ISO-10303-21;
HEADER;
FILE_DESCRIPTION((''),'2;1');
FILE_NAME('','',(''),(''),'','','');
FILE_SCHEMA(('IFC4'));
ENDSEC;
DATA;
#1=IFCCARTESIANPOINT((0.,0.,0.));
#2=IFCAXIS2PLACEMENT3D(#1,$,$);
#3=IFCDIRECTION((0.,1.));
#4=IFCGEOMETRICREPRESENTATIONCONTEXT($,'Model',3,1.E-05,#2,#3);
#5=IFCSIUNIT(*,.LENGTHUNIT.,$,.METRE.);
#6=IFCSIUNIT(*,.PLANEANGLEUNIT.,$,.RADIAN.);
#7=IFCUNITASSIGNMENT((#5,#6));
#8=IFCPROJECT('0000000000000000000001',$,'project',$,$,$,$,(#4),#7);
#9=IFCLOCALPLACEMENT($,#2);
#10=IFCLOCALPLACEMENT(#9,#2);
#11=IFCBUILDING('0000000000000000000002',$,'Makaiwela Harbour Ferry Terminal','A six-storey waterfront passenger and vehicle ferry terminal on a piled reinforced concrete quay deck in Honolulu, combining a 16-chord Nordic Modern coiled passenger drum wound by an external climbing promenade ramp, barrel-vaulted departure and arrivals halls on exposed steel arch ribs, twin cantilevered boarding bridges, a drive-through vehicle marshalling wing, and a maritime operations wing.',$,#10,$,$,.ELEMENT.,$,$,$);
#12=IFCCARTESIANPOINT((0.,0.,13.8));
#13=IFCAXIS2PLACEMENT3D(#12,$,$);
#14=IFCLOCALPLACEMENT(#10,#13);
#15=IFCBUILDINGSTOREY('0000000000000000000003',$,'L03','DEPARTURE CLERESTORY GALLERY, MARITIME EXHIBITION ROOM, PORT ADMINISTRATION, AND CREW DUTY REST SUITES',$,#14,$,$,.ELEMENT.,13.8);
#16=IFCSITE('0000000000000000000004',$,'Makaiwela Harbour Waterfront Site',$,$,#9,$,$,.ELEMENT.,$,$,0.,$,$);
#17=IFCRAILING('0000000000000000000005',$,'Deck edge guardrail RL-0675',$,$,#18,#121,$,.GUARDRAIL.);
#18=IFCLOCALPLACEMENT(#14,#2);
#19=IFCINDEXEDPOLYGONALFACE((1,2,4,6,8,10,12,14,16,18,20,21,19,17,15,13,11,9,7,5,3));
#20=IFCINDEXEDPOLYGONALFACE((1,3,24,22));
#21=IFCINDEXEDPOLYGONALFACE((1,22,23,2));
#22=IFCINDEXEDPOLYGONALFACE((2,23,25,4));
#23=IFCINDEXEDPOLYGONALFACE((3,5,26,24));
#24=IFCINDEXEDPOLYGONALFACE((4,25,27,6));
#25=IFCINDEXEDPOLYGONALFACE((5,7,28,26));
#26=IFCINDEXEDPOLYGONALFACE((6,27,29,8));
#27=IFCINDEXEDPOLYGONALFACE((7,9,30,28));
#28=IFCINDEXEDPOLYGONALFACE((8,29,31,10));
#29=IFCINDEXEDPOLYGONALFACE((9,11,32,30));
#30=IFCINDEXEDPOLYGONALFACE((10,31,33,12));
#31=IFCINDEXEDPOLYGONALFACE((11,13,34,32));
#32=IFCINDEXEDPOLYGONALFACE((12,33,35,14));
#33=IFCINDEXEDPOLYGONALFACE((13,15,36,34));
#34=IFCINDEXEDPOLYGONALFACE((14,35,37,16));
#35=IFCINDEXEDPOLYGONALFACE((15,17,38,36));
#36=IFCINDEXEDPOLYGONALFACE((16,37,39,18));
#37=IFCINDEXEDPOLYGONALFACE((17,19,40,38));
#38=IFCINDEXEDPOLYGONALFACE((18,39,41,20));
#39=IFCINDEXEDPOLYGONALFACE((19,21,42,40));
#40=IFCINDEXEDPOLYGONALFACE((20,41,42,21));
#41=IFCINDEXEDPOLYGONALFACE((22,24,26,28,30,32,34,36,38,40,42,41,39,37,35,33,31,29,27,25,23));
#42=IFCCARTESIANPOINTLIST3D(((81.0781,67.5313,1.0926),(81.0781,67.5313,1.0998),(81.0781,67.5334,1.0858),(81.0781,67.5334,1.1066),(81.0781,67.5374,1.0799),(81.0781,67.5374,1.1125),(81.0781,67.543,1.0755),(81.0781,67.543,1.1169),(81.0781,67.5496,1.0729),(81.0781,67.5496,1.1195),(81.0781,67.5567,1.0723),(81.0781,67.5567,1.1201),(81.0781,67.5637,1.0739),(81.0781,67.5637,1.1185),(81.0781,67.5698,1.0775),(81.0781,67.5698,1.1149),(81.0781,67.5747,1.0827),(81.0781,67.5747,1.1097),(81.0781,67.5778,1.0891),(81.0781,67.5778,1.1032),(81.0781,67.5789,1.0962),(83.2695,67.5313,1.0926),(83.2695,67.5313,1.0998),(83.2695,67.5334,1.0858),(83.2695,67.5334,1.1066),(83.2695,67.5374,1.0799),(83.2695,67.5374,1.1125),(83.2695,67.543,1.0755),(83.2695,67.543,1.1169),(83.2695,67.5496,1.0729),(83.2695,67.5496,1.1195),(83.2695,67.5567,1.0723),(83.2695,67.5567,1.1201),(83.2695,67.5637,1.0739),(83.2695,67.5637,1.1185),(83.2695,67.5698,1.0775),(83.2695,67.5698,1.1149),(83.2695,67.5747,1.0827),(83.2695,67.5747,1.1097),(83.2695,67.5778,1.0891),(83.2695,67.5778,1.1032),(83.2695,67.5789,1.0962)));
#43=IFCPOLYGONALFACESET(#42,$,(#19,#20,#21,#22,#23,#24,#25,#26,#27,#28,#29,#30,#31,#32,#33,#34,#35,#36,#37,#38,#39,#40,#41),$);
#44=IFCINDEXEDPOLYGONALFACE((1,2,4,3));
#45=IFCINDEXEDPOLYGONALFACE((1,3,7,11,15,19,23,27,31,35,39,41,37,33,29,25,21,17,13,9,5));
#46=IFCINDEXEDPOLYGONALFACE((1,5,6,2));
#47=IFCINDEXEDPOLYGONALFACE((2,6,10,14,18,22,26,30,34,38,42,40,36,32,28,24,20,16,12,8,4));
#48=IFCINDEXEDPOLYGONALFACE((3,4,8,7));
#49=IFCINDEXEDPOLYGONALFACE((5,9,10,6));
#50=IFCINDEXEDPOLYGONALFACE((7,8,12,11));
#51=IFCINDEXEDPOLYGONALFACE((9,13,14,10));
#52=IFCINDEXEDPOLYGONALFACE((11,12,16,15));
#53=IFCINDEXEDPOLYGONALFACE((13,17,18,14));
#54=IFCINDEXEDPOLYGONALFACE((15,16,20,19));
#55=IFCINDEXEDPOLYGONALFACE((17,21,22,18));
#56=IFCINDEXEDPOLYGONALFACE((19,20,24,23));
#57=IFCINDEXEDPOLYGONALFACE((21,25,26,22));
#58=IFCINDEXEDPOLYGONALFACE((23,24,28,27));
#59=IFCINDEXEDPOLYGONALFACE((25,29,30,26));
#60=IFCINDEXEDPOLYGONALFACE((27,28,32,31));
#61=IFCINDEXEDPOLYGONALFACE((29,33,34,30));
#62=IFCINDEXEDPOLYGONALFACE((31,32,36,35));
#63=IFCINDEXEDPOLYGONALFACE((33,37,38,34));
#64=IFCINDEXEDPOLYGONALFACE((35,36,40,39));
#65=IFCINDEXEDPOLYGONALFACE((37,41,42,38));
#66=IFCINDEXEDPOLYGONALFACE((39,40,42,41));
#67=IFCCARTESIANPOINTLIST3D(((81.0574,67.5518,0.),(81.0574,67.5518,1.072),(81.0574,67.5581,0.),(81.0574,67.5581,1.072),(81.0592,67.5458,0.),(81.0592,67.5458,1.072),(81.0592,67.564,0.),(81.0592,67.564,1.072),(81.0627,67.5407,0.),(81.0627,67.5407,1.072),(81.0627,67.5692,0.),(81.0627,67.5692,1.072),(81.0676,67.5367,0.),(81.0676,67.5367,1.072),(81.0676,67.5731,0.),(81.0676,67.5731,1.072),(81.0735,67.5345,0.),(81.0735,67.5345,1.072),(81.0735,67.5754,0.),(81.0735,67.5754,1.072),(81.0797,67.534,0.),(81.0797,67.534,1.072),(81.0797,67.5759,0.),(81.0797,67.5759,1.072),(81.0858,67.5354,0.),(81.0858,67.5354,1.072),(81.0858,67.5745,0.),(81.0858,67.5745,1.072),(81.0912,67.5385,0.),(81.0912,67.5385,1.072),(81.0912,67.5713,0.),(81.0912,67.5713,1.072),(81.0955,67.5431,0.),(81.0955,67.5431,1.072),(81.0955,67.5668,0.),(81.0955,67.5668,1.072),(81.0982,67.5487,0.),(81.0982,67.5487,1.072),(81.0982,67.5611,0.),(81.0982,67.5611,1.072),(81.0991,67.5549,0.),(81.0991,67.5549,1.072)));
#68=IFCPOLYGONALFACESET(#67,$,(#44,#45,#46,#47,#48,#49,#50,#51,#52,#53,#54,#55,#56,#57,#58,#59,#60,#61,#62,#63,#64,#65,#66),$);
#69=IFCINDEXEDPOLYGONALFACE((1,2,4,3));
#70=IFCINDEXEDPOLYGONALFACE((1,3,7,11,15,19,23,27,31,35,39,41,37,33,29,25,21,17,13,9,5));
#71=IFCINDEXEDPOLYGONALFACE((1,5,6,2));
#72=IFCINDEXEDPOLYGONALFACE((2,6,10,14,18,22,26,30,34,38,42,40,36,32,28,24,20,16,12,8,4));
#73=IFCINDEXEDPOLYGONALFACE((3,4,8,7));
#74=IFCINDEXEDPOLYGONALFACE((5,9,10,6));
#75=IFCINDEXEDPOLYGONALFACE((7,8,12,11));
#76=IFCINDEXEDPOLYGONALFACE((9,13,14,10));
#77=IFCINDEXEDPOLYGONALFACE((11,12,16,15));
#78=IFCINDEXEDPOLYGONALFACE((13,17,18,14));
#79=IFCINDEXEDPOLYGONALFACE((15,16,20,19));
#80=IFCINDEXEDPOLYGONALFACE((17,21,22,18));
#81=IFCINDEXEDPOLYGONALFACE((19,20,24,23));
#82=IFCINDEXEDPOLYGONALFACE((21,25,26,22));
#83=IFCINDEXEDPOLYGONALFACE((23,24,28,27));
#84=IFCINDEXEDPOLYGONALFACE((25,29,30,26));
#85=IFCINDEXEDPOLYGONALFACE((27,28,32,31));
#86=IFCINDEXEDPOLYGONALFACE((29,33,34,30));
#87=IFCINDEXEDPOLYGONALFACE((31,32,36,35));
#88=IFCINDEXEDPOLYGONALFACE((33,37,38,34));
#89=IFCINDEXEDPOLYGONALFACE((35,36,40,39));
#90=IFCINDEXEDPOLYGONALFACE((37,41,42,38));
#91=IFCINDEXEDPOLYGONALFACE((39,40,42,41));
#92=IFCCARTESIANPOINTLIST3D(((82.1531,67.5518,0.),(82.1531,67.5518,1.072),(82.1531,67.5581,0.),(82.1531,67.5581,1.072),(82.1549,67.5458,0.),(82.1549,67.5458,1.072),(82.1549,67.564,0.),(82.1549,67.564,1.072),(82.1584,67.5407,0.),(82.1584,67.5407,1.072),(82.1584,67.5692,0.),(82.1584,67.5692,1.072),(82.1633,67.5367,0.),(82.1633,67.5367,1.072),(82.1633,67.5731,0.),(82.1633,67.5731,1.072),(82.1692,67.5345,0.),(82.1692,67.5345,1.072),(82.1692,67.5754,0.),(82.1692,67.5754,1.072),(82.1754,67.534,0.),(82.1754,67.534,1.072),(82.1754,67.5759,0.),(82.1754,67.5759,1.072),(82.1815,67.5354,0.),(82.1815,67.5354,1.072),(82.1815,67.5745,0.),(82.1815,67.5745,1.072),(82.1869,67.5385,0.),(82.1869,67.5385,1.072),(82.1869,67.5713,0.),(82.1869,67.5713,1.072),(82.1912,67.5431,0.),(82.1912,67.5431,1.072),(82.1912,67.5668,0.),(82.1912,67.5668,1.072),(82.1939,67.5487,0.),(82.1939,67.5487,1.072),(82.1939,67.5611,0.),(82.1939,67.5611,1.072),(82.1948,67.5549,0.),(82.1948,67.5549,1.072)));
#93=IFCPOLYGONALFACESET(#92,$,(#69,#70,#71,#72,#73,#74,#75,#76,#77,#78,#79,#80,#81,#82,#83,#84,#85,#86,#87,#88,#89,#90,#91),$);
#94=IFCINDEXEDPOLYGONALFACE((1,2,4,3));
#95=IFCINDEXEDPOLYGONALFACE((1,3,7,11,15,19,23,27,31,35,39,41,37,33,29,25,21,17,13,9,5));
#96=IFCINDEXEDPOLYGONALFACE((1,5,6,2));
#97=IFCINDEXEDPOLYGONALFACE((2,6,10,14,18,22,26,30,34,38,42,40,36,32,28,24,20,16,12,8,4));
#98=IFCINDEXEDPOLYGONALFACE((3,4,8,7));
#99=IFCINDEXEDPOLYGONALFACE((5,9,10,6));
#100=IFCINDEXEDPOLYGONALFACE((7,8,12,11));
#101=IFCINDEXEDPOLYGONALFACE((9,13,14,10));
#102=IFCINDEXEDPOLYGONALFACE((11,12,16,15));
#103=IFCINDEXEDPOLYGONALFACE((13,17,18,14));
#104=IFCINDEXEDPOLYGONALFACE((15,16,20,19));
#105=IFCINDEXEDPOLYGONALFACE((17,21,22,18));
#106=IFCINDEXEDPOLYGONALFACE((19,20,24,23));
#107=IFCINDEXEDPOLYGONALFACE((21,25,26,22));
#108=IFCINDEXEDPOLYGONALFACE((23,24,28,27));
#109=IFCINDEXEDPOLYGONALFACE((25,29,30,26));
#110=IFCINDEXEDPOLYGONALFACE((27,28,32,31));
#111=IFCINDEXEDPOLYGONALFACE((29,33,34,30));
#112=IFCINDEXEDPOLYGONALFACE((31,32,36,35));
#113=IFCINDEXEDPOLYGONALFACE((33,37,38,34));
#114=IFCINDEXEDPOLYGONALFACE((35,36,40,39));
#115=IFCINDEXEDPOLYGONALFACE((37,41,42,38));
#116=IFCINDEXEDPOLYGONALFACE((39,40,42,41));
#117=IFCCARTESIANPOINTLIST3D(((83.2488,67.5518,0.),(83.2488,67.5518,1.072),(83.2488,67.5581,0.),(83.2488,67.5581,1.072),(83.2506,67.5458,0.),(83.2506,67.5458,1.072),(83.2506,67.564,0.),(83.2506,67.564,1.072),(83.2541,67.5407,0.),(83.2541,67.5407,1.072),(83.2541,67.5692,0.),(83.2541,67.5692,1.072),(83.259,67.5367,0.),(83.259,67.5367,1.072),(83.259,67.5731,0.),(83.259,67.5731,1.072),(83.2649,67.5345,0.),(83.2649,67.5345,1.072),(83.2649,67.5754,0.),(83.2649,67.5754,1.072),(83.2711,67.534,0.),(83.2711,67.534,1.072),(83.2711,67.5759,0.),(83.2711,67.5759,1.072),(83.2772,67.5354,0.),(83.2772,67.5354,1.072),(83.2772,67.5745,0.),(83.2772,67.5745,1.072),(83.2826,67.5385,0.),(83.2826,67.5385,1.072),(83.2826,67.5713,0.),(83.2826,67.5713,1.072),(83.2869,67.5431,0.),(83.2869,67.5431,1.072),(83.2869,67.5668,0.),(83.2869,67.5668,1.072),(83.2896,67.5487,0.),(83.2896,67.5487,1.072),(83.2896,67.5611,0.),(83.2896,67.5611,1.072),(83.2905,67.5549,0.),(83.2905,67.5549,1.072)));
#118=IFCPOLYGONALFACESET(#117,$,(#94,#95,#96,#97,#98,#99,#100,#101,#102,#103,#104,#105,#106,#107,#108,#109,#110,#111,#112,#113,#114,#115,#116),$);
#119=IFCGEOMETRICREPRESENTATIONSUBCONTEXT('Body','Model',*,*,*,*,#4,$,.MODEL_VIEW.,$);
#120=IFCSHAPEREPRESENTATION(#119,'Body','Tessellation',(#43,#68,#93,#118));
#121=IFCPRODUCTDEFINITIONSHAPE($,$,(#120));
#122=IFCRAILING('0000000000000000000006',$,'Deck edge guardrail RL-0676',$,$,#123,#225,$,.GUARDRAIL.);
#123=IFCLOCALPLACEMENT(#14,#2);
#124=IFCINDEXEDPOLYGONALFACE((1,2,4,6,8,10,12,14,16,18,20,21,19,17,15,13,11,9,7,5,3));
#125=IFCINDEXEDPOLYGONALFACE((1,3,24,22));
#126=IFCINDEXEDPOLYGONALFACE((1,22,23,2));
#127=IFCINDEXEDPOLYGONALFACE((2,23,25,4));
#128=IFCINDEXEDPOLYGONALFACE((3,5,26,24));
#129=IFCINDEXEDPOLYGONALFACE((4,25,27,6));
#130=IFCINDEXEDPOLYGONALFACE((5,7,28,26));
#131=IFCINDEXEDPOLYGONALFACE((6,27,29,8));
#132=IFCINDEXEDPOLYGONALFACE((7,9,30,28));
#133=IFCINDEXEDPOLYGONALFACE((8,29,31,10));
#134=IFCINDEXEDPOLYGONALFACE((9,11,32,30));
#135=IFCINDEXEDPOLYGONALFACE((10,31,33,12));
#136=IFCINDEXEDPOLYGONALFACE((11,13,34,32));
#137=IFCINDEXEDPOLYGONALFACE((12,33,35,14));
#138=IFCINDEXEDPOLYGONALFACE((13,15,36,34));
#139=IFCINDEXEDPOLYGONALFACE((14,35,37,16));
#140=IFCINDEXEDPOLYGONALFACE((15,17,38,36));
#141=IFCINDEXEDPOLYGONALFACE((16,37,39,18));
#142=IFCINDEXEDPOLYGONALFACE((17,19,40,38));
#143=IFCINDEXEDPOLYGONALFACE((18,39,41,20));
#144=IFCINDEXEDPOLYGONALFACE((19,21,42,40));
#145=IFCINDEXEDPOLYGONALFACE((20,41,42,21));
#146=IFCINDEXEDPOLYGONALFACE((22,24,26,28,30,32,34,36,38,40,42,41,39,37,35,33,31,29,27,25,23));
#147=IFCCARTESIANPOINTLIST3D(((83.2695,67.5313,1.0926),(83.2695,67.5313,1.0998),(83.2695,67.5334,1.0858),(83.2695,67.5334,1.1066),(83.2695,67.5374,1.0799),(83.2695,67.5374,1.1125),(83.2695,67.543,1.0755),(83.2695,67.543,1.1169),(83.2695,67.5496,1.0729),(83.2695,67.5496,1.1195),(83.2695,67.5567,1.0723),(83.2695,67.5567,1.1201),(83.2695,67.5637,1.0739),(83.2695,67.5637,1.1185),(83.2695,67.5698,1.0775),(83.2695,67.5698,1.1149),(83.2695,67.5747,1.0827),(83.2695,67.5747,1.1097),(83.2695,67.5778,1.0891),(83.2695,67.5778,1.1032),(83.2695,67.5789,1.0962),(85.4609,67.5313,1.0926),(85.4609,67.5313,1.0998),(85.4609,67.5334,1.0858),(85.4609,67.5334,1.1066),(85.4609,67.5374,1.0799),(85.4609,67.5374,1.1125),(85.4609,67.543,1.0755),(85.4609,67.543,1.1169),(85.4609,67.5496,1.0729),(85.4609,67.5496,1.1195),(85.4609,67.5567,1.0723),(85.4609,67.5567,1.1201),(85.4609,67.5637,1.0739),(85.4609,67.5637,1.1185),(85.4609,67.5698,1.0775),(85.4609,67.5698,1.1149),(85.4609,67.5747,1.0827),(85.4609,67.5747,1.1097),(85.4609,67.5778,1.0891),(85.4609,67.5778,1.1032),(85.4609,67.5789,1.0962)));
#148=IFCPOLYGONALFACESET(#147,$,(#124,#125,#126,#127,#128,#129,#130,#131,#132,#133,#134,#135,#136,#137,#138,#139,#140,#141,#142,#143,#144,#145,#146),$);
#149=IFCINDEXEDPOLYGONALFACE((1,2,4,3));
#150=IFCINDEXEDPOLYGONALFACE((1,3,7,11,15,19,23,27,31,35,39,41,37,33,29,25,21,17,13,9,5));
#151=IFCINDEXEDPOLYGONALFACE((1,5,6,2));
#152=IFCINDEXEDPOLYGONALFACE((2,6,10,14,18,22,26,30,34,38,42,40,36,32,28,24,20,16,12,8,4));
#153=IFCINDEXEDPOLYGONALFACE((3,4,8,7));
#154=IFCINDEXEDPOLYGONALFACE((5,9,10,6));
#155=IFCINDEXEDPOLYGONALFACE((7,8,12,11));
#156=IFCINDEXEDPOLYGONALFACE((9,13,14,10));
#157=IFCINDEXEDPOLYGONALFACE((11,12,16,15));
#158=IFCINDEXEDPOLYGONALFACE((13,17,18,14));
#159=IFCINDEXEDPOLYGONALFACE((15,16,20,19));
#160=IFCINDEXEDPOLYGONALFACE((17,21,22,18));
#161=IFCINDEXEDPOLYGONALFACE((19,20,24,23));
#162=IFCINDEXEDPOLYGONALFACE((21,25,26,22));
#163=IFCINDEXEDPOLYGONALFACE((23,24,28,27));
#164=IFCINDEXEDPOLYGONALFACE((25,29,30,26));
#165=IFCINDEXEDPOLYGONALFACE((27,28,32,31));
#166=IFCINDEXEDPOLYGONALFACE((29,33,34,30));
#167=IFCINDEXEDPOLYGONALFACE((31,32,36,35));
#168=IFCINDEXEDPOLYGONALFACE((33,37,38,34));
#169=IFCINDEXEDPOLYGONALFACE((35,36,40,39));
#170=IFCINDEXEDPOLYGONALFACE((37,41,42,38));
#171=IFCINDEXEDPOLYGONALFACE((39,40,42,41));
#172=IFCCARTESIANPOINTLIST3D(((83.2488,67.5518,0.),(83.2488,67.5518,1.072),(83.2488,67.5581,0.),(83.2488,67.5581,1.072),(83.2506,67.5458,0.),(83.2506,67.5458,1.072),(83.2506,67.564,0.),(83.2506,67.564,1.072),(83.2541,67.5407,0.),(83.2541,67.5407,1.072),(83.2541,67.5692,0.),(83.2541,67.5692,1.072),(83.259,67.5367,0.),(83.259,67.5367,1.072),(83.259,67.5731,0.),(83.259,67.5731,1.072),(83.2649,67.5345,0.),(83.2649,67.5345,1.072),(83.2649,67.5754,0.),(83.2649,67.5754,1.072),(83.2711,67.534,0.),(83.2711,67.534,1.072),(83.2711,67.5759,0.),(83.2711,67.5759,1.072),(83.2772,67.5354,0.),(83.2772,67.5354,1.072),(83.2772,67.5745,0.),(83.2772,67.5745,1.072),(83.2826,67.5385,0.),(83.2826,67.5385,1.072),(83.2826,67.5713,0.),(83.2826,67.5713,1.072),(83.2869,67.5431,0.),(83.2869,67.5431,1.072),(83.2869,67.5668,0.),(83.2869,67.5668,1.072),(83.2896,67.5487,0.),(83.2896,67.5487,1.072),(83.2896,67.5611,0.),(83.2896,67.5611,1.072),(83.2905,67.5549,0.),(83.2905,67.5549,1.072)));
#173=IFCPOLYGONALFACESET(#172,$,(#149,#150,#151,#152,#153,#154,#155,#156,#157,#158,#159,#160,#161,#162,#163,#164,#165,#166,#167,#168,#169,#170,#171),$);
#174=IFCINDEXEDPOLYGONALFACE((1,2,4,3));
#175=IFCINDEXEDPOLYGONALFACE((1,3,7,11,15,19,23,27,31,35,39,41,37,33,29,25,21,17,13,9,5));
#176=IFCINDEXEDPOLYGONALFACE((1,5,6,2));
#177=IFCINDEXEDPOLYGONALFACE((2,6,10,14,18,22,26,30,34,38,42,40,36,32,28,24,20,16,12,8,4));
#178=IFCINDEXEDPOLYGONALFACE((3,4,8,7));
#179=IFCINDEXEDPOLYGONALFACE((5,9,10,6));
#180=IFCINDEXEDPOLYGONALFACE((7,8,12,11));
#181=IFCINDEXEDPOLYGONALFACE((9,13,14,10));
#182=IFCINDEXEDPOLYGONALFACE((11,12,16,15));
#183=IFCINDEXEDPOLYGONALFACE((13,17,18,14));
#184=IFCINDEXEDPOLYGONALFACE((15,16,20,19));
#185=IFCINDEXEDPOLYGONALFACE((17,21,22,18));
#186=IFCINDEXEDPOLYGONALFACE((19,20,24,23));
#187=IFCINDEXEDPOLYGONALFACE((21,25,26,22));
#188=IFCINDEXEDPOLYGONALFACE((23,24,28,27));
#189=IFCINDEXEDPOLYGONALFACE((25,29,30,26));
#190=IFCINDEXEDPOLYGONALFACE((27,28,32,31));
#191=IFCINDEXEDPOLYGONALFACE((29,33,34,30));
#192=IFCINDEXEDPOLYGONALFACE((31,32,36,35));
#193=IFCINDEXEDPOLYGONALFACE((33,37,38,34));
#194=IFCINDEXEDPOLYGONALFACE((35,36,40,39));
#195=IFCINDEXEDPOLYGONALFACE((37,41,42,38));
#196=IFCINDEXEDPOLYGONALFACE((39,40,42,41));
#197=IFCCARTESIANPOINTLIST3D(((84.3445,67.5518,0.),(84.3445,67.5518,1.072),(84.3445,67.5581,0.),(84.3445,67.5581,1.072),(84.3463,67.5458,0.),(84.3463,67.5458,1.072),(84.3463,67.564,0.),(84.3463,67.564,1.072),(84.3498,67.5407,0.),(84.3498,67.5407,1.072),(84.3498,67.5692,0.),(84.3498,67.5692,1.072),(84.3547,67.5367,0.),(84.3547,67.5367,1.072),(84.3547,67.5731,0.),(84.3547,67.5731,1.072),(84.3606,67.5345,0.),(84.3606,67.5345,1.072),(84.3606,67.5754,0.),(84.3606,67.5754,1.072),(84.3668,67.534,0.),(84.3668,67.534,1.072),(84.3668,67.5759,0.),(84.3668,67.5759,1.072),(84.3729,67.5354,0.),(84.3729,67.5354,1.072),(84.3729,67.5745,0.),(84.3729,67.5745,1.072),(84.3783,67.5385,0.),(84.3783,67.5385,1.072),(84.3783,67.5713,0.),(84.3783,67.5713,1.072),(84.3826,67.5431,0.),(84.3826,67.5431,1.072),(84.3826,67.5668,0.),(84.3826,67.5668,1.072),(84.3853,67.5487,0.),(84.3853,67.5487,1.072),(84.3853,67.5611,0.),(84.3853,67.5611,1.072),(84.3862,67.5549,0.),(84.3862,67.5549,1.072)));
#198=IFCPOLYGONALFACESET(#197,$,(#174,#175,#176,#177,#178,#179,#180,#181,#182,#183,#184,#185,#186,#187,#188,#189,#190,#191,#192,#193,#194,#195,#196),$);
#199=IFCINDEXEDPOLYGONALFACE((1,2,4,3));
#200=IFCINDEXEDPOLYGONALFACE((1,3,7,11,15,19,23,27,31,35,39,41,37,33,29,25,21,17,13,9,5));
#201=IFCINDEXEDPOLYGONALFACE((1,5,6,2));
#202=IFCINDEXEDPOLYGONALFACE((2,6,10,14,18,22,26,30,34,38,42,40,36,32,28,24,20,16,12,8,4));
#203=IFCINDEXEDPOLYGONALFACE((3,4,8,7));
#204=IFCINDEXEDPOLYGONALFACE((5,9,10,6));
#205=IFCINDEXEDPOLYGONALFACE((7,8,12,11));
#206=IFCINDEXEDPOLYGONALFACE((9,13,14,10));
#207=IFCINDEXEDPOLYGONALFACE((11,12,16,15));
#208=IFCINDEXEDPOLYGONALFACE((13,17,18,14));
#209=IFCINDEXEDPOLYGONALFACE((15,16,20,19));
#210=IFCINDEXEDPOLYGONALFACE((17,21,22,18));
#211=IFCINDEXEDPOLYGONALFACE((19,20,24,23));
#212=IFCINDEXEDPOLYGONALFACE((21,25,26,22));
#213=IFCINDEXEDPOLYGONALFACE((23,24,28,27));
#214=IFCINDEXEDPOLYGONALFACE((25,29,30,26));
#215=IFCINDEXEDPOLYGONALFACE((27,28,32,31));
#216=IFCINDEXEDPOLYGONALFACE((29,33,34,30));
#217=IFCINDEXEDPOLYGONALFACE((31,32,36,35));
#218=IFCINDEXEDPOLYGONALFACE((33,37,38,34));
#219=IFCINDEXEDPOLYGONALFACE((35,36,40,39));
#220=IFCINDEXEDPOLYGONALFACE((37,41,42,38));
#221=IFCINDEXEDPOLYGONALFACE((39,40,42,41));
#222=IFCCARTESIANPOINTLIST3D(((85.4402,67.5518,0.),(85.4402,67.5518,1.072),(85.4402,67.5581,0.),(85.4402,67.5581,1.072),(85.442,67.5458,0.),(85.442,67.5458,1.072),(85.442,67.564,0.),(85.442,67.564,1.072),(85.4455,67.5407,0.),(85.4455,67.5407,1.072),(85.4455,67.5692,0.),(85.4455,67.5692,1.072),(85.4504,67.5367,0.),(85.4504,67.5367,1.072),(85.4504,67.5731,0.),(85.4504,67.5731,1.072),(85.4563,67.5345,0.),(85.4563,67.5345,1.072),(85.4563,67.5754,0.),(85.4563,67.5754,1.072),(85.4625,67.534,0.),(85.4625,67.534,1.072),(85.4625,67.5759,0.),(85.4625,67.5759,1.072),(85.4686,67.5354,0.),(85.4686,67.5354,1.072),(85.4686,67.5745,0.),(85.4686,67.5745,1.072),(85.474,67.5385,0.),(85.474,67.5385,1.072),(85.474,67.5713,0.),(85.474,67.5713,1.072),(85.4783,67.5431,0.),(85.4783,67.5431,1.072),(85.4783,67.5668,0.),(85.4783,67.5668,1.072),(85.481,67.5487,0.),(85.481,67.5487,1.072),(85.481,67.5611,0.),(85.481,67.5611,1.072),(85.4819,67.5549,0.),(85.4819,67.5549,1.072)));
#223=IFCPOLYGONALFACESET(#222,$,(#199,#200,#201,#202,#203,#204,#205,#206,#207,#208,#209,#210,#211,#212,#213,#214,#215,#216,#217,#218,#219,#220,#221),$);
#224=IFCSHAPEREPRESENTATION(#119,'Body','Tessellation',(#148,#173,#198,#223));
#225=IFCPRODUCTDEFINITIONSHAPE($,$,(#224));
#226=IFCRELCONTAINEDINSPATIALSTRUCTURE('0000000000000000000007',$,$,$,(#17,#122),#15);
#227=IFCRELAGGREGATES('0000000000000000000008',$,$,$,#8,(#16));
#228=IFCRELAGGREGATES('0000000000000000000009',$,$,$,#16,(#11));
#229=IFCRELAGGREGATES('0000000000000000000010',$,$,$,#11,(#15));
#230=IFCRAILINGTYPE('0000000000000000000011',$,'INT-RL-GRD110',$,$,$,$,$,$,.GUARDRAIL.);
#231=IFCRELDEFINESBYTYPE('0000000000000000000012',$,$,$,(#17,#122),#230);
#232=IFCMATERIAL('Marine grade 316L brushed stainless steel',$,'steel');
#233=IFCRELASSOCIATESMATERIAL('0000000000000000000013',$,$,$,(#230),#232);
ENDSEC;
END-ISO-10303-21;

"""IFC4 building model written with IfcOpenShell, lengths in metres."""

from ifc_helpers import new_model, si_unit, direction, frame, origin, origin_2d, place, context, subcontext, project, spatial, circle, extrude, material, type_object, element, save


model = new_model("IFC4")

# Units and contexts
model_context = context("Model", 3, precision=1e-05, world=origin(), true_north=direction((0.0, 1.0)))
body_context = subcontext(model_context, "Body", "Model", "MODEL_VIEW")
ifc_project = project(units=[si_unit("LENGTHUNIT", "METRE"), si_unit("PLANEANGLEUNIT", "RADIAN")], contexts=[model_context])

# Site, building, storey
site_placement = place(None, origin())
site = spatial("IfcSite", under=ifc_project, at=site_placement, Name="Makaiwela Harbour Waterfront Site", CompositionType="ELEMENT", RefElevation=0.0)
building_placement = place(site_placement, origin())
building = spatial("IfcBuilding", under=site, at=building_placement, Name="Makaiwela Harbour Ferry Terminal", Description="A six-storey waterfront passenger and vehicle ferry terminal on a piled reinforced concrete quay deck in Honolulu, combining a 16-chord Nordic Modern coiled passenger drum wound by an external climbing promenade ramp, barrel-vaulted departure and arrivals halls on exposed steel arch ribs, twin cantilevered boarding bridges, a drive-through vehicle marshalling wing, and a maritime operations wing.", CompositionType="ELEMENT")
storey_placement = place(building_placement, frame((0.0, 0.0, 13.8)))
storey = spatial("IfcBuildingStorey", under=building, at=storey_placement, Name="L03", Description="DEPARTURE CLERESTORY GALLERY, MARITIME EXHIBITION ROOM, PORT ADMINISTRATION, AND CREW DUTY REST SUITES", CompositionType="ELEMENT", Elevation=13.8)

# Railings
ifc_material_1 = material(Name="Marine grade 316L brushed stainless steel", Category="steel")
railing_type = type_object("IfcRailingType", Name="INT-RL-GRD110", PredefinedType="GUARDRAIL", material=ifc_material_1)
for number, where, name in (
    (1, (81.0781, 67.5549, 0.0), "Deck edge guardrail RL-0675"),
    (2, (83.2695, 67.5549, 0.0), "Deck edge guardrail RL-0676"),
):
    element("IfcRailing", number, at=place(storey_placement, frame(where)), inside=storey, type_object=railing_type, Name=name, PredefinedType="GUARDRAIL", context=body_context, shape_type="SweptSolid", body=[
        extrude(circle(Radius=0.0239, at=origin_2d()), frame((0.0, 0.0, 1.0962), z_axis=(1.0, 0.0, 0.0), x_axis=(0.0, 1.0, 0.0)), (0.0, 0.0, 1.0), 2.1914),
        extrude(circle(Radius=0.021, at=origin_2d()), origin(), (0.0, 0.0, 1.0), 1.072),
        extrude(circle(Radius=0.021, at=origin_2d()), frame((1.0957, 0.0, 0.0)), (0.0, 0.0, 1.0), 1.072),
        extrude(circle(Radius=0.021, at=origin_2d()), frame((2.1914, 0.0, 0.0)), (0.0, 0.0, 1.0), 1.072),
    ])

save(model, "model.ifc")
